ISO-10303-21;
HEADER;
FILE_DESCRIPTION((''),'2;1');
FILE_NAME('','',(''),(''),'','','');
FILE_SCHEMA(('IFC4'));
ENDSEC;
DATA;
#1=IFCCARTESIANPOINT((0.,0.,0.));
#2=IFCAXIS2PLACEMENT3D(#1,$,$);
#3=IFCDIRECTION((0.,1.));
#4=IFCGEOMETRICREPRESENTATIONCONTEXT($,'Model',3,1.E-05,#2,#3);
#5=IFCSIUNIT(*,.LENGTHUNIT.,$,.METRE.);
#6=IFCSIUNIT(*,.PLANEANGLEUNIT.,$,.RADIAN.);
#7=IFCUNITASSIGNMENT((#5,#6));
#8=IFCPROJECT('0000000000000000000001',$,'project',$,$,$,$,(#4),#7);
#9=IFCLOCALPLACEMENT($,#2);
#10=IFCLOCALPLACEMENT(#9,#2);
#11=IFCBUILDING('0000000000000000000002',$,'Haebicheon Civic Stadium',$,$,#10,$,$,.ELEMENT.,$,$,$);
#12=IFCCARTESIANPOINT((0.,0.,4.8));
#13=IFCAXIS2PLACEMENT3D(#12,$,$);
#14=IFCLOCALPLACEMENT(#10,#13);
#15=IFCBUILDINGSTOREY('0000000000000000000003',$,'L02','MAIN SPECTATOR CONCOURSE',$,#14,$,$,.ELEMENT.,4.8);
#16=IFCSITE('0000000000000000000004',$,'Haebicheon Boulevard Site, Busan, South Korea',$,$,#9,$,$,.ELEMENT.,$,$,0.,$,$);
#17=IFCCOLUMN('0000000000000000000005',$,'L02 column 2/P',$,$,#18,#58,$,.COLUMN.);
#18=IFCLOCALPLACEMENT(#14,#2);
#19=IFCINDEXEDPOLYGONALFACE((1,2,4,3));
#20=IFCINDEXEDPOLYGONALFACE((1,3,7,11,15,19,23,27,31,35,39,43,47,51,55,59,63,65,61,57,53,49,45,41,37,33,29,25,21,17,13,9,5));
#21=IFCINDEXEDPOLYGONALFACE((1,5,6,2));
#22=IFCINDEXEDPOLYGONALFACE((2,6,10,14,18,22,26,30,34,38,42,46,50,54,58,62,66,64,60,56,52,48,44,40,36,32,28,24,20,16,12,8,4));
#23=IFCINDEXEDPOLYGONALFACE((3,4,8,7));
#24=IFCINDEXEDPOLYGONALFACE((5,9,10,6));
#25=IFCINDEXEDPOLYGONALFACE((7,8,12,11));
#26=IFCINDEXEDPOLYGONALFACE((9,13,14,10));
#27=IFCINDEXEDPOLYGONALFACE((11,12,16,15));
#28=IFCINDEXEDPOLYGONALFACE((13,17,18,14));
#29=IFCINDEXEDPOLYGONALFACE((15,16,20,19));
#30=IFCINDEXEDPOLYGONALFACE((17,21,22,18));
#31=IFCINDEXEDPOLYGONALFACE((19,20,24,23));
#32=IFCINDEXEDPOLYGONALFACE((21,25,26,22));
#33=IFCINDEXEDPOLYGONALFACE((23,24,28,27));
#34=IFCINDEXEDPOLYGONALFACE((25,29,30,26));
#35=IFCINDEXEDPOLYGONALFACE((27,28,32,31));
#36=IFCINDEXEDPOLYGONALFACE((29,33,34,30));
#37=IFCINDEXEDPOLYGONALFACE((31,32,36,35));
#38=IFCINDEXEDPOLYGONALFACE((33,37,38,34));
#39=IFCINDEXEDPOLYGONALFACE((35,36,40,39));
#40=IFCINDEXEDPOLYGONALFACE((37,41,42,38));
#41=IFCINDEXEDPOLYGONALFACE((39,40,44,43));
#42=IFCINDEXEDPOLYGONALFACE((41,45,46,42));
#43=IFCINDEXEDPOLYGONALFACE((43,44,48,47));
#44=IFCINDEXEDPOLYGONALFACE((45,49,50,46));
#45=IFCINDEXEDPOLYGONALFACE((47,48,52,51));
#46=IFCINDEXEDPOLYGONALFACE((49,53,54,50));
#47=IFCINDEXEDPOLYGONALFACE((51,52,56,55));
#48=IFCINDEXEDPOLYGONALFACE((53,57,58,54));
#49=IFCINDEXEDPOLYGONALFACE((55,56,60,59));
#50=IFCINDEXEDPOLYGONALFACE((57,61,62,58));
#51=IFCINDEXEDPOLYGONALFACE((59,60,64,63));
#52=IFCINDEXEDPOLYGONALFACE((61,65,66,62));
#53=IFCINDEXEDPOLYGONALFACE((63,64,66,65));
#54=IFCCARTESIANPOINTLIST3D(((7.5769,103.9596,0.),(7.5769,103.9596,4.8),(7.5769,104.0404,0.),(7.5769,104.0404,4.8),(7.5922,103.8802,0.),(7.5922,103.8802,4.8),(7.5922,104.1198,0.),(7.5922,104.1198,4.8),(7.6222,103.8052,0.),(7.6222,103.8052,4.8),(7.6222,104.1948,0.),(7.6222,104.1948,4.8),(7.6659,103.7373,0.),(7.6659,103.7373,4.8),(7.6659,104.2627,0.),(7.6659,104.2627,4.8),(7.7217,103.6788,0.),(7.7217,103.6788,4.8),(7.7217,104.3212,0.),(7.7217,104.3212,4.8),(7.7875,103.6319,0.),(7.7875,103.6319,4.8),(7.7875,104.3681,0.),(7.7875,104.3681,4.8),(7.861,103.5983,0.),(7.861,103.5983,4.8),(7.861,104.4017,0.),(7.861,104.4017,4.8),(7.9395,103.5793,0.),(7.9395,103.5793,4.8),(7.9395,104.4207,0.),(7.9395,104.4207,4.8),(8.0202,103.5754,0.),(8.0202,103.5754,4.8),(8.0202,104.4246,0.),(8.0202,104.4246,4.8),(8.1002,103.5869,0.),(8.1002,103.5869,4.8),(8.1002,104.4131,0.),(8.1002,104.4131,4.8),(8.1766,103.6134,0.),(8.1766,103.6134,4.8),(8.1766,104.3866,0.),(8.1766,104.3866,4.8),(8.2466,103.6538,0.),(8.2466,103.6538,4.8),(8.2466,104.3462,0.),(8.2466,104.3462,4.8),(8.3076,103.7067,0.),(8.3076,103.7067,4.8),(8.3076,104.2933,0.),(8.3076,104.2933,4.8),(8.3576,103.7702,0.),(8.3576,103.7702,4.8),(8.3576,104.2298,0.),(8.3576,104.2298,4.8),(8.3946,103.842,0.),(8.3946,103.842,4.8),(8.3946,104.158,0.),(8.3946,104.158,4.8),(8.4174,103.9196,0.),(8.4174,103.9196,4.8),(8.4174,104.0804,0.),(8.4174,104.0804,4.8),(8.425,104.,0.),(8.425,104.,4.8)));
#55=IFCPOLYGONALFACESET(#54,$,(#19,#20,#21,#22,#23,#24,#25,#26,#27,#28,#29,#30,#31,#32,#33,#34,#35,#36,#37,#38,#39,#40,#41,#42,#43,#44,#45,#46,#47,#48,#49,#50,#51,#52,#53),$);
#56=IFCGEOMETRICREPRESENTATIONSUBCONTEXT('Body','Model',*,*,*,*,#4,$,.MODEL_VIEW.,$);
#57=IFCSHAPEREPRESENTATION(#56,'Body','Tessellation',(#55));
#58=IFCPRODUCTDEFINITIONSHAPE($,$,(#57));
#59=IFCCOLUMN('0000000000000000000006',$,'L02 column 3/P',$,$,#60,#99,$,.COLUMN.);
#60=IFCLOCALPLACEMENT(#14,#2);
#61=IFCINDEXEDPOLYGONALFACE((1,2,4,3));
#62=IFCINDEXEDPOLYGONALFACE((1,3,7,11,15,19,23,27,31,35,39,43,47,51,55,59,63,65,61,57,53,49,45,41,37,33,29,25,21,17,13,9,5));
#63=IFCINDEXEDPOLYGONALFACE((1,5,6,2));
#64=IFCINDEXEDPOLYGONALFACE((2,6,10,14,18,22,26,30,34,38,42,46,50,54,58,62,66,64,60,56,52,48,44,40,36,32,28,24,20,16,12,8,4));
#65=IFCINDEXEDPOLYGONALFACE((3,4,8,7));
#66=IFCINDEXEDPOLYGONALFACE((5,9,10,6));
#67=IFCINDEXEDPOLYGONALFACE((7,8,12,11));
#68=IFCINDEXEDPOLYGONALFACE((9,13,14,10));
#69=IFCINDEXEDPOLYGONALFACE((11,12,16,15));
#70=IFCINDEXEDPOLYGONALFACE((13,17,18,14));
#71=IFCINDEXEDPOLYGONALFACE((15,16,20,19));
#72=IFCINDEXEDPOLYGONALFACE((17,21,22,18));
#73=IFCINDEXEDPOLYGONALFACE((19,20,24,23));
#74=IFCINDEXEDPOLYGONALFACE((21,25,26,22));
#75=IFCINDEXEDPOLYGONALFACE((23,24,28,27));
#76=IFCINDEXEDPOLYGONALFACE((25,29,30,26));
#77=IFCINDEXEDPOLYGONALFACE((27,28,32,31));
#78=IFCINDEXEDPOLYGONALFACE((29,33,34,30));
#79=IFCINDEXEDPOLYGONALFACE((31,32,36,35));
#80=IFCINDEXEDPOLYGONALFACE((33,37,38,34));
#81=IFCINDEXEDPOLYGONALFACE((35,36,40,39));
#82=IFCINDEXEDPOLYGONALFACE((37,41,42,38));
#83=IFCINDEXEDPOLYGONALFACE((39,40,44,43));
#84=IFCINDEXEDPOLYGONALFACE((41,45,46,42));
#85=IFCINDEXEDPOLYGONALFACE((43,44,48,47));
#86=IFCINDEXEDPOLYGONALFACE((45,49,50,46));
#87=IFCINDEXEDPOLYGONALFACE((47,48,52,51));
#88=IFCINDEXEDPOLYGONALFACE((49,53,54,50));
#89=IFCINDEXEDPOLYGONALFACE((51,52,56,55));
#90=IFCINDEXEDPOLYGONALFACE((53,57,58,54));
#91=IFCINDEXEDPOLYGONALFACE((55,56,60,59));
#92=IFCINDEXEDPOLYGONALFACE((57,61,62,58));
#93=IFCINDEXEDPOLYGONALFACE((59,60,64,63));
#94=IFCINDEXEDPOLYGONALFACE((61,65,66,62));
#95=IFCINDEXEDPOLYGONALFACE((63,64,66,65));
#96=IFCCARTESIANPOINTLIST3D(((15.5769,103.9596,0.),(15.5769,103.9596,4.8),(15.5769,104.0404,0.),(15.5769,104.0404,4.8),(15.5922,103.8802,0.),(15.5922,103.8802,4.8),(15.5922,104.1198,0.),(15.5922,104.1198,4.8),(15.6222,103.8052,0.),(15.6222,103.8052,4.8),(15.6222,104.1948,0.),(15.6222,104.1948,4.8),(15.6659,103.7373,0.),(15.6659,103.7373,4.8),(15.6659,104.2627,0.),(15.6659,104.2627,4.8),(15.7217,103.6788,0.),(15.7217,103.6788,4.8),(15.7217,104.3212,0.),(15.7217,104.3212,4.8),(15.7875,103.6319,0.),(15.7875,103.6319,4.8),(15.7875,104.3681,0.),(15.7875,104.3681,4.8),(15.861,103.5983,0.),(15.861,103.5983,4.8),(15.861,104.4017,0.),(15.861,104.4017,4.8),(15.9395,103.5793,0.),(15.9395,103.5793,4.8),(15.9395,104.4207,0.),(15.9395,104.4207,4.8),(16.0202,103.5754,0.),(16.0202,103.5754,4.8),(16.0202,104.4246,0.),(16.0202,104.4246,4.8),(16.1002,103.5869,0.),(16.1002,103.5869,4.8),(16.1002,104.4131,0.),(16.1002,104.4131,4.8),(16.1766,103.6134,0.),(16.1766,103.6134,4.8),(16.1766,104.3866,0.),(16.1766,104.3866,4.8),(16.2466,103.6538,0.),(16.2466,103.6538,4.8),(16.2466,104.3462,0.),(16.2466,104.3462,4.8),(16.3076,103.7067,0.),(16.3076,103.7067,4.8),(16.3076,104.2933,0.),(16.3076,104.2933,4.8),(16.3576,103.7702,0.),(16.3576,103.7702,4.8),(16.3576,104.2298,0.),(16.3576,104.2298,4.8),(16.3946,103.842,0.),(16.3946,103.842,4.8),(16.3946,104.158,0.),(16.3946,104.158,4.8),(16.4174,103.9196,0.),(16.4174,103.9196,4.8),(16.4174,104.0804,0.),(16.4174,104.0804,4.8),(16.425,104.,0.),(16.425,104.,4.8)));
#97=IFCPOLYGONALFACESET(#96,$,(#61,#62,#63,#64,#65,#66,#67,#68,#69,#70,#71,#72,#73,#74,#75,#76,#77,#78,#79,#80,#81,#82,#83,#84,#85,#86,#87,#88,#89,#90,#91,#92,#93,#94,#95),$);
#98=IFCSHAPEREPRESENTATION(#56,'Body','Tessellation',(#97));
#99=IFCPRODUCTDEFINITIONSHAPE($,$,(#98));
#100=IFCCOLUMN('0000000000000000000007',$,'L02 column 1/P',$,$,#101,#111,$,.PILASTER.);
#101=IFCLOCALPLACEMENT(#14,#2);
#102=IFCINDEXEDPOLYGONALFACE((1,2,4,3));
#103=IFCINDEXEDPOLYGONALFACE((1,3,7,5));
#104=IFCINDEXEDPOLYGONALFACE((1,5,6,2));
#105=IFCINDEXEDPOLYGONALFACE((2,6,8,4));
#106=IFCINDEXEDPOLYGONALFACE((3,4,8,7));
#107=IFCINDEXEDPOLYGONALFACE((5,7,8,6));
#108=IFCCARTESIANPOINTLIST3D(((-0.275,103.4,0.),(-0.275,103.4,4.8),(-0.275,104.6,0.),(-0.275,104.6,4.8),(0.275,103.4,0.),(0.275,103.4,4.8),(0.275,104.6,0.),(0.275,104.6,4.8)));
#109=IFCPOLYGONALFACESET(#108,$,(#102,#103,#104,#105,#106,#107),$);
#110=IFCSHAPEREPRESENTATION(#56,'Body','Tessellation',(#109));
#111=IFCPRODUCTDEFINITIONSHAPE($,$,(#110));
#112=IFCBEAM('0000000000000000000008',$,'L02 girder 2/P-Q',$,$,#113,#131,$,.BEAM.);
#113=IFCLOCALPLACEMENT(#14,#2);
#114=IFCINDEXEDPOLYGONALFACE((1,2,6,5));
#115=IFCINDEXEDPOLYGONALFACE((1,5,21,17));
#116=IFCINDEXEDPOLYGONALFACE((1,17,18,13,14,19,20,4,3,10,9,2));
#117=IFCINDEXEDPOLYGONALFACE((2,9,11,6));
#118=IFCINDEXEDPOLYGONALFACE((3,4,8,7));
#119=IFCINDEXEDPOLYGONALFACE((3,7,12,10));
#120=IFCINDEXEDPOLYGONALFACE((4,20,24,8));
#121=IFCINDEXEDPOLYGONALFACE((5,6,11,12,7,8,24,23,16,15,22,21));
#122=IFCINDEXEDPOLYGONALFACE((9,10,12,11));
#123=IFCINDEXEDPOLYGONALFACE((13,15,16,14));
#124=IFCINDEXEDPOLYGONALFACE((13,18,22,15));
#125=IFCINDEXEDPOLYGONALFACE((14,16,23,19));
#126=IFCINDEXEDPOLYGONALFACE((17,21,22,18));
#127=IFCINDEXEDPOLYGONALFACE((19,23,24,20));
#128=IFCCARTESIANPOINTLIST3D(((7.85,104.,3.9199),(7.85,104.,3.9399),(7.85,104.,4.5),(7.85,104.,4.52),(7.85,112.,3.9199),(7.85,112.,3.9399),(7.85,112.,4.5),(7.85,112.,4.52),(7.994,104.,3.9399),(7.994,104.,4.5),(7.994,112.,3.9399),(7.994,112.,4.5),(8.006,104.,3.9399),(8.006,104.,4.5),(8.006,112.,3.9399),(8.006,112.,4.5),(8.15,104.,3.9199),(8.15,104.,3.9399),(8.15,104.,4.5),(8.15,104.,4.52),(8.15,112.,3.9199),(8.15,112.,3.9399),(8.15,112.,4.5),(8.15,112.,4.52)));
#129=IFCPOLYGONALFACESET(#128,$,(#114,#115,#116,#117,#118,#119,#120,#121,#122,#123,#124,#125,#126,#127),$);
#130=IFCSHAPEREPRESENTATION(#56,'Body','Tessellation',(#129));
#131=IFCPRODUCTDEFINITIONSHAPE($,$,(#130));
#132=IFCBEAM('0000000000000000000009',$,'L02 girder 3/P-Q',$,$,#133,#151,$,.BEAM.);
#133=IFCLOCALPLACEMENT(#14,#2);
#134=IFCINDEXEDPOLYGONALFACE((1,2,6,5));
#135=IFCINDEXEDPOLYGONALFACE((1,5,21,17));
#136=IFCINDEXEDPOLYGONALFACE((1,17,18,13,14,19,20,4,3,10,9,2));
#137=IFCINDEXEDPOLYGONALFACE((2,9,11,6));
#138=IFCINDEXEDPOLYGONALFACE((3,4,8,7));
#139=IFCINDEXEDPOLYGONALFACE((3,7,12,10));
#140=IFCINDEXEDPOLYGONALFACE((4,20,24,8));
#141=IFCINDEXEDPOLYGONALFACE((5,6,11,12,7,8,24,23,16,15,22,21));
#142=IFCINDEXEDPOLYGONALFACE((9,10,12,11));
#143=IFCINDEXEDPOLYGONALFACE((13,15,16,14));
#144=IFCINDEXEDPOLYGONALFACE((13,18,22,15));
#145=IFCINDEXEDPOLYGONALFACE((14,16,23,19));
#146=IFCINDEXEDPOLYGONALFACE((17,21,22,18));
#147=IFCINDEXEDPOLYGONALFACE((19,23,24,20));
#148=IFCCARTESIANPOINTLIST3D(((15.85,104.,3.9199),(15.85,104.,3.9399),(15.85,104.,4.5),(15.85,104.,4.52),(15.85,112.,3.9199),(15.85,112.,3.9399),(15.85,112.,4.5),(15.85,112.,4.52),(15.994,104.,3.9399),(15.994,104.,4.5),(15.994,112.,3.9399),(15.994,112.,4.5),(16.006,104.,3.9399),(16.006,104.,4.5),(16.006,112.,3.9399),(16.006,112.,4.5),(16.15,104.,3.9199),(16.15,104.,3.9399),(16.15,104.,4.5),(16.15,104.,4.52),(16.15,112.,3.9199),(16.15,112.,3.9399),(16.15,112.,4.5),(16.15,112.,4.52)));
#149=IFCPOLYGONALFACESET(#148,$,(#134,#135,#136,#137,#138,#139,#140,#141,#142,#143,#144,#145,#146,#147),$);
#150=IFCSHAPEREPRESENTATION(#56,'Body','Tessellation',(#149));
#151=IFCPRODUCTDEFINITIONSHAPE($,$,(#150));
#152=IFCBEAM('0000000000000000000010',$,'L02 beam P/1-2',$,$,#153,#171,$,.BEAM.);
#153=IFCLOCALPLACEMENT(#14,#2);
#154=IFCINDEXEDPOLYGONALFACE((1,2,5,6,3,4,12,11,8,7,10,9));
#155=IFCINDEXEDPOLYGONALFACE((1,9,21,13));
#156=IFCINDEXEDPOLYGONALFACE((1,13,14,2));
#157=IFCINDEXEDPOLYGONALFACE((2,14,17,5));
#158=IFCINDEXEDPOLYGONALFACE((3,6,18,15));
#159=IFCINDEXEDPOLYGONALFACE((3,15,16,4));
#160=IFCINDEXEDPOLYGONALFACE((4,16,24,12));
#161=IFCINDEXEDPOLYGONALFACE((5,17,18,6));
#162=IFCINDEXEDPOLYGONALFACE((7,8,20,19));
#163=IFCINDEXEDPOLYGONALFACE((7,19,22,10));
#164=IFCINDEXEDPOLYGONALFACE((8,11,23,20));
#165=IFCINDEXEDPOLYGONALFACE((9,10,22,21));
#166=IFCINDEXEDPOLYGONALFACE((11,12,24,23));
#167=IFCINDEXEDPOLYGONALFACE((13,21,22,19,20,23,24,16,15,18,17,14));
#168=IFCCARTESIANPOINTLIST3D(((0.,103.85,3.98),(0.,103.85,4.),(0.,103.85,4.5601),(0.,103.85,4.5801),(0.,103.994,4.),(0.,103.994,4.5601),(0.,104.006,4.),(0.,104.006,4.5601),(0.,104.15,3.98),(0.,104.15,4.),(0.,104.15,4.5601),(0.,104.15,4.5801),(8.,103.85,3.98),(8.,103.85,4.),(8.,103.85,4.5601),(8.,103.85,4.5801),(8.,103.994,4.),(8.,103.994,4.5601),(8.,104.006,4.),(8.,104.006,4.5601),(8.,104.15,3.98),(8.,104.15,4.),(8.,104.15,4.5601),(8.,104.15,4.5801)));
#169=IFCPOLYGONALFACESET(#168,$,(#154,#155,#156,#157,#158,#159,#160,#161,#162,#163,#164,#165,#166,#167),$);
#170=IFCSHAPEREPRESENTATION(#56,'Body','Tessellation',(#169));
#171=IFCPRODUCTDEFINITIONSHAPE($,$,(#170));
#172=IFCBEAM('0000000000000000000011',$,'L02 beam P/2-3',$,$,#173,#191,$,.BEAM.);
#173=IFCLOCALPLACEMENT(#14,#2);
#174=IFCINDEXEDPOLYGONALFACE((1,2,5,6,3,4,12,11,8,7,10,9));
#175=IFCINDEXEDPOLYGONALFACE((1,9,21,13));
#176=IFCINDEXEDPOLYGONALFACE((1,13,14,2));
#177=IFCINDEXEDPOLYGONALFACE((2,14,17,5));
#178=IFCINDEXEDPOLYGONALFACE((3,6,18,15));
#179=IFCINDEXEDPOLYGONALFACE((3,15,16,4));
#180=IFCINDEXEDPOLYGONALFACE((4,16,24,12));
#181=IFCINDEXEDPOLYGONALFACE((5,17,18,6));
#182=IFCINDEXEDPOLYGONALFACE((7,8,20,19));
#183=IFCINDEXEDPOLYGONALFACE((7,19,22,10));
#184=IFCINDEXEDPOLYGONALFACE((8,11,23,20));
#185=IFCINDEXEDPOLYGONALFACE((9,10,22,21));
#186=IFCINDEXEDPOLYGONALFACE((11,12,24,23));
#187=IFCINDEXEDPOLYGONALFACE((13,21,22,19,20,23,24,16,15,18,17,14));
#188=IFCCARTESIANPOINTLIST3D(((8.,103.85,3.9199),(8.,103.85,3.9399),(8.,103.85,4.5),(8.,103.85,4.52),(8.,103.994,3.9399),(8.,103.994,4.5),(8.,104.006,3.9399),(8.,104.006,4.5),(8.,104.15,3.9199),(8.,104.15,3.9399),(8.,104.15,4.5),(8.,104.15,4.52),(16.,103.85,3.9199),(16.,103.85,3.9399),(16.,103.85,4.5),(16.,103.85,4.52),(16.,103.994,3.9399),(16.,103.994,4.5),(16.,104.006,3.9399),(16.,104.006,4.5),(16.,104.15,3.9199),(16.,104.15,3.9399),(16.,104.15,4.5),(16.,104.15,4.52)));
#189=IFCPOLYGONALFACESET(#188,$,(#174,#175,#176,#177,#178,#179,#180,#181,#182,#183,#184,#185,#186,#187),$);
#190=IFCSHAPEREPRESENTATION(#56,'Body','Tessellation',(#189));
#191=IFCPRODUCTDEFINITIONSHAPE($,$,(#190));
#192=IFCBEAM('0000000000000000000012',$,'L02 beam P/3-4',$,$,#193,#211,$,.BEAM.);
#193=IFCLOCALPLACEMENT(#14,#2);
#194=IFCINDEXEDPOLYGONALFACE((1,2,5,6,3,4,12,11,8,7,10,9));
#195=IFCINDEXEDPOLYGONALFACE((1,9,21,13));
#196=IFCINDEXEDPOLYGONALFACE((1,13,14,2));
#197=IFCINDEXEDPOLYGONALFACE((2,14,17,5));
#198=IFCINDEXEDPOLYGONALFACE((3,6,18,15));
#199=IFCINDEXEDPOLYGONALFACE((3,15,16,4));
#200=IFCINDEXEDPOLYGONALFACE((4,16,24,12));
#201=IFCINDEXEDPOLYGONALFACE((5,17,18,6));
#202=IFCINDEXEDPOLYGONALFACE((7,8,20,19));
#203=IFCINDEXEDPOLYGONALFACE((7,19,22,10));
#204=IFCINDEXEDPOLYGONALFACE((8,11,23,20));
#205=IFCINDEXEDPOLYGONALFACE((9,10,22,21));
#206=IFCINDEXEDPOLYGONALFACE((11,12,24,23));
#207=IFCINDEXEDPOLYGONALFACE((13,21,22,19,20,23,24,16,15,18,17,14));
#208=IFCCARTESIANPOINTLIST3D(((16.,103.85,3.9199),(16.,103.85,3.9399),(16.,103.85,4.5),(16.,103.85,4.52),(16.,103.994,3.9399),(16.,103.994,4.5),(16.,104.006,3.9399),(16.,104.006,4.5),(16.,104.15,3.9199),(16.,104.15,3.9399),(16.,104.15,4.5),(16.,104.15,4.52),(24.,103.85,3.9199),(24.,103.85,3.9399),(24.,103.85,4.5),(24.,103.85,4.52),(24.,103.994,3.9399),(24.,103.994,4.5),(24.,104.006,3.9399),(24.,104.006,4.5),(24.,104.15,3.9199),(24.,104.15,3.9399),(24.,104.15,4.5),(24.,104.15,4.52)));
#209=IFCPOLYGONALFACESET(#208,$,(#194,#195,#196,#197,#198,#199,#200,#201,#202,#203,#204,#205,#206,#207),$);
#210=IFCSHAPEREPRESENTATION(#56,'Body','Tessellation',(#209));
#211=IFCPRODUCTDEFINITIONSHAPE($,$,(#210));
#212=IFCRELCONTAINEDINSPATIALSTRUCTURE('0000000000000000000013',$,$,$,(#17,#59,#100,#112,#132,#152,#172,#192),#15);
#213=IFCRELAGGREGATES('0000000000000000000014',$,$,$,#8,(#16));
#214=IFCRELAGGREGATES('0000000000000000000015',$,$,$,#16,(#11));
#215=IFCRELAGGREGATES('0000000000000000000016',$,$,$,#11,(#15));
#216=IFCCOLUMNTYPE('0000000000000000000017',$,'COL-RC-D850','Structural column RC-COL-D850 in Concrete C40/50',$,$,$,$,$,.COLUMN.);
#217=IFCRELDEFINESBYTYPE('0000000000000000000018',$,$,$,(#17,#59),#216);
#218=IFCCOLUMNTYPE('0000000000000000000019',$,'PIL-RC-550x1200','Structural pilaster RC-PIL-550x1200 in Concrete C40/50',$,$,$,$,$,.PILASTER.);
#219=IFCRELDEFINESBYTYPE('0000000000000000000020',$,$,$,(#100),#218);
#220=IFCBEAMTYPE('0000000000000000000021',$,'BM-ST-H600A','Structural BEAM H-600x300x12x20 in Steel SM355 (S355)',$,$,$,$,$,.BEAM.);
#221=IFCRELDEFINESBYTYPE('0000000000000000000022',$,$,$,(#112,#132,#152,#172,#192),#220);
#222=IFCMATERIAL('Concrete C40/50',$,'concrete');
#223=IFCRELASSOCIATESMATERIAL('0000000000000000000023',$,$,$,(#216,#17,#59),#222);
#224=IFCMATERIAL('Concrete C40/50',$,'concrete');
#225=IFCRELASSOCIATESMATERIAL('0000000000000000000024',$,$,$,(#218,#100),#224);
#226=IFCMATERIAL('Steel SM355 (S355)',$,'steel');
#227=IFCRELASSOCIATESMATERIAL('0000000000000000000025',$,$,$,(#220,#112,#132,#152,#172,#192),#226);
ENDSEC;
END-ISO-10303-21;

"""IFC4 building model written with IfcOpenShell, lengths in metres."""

from ifc_helpers import new_model, si_unit, direction, frame, origin, origin_2d, place, context, subcontext, project, spatial, rectangle, circle, i_section, extrude, material, material_profile, profile_set, type_object, element, save


model = new_model("IFC4")

# Units and contexts
model_context = context("Model", 3, precision=1e-05, world=origin(), true_north=direction((0.0, 1.0)))
body_context = subcontext(model_context, "Body", "Model", "MODEL_VIEW")
ifc_project = project(units=[si_unit("LENGTHUNIT", "METRE"), si_unit("PLANEANGLEUNIT", "RADIAN")], contexts=[model_context])

# Site, building, storey
site_placement = place(None, origin())
site = spatial("IfcSite", under=ifc_project, at=site_placement, Name="Haebicheon Boulevard Site, Busan, South Korea", CompositionType="ELEMENT", RefElevation=0.0)
building_placement = place(site_placement, origin())
building = spatial("IfcBuilding", under=site, at=building_placement, Name="Haebicheon Civic Stadium", CompositionType="ELEMENT")
storey_placement = place(building_placement, frame((0.0, 0.0, 4.8)))
storey = spatial("IfcBuildingStorey", under=building, at=storey_placement, Name="L02", Description="MAIN SPECTATOR CONCOURSE", CompositionType="ELEMENT", Elevation=4.8)

# Columns
ifc_material_1 = material(Name="Concrete C40/50", Category="concrete")
ifc_material_profile_1 = material_profile(ifc_material_1, circle(Radius=0.425, at=origin_2d()), Name="RC-COL-D850")
ifc_profile_set_1 = profile_set([ifc_material_profile_1], Name="Concrete C40/50")
column_type_1 = type_object("IfcColumnType", Name="COL-RC-D850", Description="Structural column RC-COL-D850 in Concrete C40/50", PredefinedType="COLUMN", material=ifc_profile_set_1)
for number, where, z_axis, x_axis, name in (
    (1, (8.0, 104.0, 0.0), (0.0, 0.0, 1.0), (1.0, 0.0, 0.0), "L02 column 2/P"),
    (2, (16.0, 104.0, 0.0), (0.0, 0.0, 1.0), (1.0, 0.0, 0.0), "L02 column 3/P"),
):
    element("IfcColumn", number, at=place(storey_placement, frame(where, z_axis=z_axis, x_axis=x_axis)), inside=storey, type_object=column_type_1, material=ifc_profile_set_1, Name=name, PredefinedType="COLUMN", context=body_context, shape_type="SweptSolid", body=[
        extrude(circle(Radius=0.425, at=origin_2d()), origin(), (0.0, 0.0, 1.0), 4.8),
    ])
ifc_material_2 = material(Name="Concrete C40/50", Category="concrete")
ifc_material_profile_2 = material_profile(ifc_material_2, rectangle(XDim=0.55, YDim=1.2, at=origin_2d()), Name="RC-PIL-550x1200")
ifc_profile_set_2 = profile_set([ifc_material_profile_2], Name="Concrete C40/50")
column_type_2 = type_object("IfcColumnType", Name="PIL-RC-550x1200", Description="Structural pilaster RC-PIL-550x1200 in Concrete C40/50", PredefinedType="PILASTER", material=ifc_profile_set_2)
column_placement = place(storey_placement, frame((0.0, 104.0, 0.0), z_axis=(0.0, 0.0, 1.0), x_axis=(1.0, 0.0, 0.0)))
element("IfcColumn", 3, at=column_placement, inside=storey, type_object=column_type_2, material=ifc_profile_set_2, Name="L02 column 1/P", PredefinedType="PILASTER", context=body_context, shape_type="SweptSolid", body=[
    extrude(rectangle(XDim=0.55, YDim=1.2, at=origin_2d()), origin(), (0.0, 0.0, 1.0), 4.8),
])

# Beams
ifc_material_3 = material(Name="Steel SM355 (S355)", Category="steel")
ifc_material_profile_3 = material_profile(ifc_material_3, i_section(OverallWidth=0.3, OverallDepth=0.6001, WebThickness=0.012, FlangeThickness=0.02, at=origin_2d()), Name="H-600x300x12x20")
ifc_profile_set_3 = profile_set([ifc_material_profile_3], Name="Steel SM355 (S355)")
beam_type_1 = type_object("IfcBeamType", Name="BM-ST-H600A", Description="Structural BEAM H-600x300x12x20 in Steel SM355 (S355)", PredefinedType="BEAM", material=ifc_profile_set_3)
for number, where, z_axis, x_axis, name in (
    (4, (8.0, 104.0, 4.22), (0.0, 1.0, 0.0), (-1.0, 0.0, 0.0), "L02 girder 2/P-Q"),
    (5, (16.0, 104.0, 4.22), (0.0, 1.0, 0.0), (-1.0, 0.0, 0.0), "L02 girder 3/P-Q"),
    (6, (0.0, 104.0, 4.28), (1.0, 0.0, 0.0), (0.0, 1.0, 0.0), "L02 beam P/1-2"),
    (7, (8.0, 104.0, 4.22), (1.0, 0.0, 0.0), (0.0, 1.0, 0.0), "L02 beam P/2-3"),
    (8, (16.0, 104.0, 4.22), (1.0, 0.0, 0.0), (0.0, 1.0, 0.0), "L02 beam P/3-4"),
):
    element("IfcBeam", number, at=place(storey_placement, frame(where, z_axis=z_axis, x_axis=x_axis)), inside=storey, type_object=beam_type_1, material=ifc_profile_set_3, Name=name, PredefinedType="BEAM", context=body_context, shape_type="SweptSolid", body=[
        extrude(i_section(OverallWidth=0.3, OverallDepth=0.6001, WebThickness=0.012, FlangeThickness=0.02, at=origin_2d()), origin(), (0.0, 0.0, 1.0), 8.0),
    ])

save(model, "model.ifc")
